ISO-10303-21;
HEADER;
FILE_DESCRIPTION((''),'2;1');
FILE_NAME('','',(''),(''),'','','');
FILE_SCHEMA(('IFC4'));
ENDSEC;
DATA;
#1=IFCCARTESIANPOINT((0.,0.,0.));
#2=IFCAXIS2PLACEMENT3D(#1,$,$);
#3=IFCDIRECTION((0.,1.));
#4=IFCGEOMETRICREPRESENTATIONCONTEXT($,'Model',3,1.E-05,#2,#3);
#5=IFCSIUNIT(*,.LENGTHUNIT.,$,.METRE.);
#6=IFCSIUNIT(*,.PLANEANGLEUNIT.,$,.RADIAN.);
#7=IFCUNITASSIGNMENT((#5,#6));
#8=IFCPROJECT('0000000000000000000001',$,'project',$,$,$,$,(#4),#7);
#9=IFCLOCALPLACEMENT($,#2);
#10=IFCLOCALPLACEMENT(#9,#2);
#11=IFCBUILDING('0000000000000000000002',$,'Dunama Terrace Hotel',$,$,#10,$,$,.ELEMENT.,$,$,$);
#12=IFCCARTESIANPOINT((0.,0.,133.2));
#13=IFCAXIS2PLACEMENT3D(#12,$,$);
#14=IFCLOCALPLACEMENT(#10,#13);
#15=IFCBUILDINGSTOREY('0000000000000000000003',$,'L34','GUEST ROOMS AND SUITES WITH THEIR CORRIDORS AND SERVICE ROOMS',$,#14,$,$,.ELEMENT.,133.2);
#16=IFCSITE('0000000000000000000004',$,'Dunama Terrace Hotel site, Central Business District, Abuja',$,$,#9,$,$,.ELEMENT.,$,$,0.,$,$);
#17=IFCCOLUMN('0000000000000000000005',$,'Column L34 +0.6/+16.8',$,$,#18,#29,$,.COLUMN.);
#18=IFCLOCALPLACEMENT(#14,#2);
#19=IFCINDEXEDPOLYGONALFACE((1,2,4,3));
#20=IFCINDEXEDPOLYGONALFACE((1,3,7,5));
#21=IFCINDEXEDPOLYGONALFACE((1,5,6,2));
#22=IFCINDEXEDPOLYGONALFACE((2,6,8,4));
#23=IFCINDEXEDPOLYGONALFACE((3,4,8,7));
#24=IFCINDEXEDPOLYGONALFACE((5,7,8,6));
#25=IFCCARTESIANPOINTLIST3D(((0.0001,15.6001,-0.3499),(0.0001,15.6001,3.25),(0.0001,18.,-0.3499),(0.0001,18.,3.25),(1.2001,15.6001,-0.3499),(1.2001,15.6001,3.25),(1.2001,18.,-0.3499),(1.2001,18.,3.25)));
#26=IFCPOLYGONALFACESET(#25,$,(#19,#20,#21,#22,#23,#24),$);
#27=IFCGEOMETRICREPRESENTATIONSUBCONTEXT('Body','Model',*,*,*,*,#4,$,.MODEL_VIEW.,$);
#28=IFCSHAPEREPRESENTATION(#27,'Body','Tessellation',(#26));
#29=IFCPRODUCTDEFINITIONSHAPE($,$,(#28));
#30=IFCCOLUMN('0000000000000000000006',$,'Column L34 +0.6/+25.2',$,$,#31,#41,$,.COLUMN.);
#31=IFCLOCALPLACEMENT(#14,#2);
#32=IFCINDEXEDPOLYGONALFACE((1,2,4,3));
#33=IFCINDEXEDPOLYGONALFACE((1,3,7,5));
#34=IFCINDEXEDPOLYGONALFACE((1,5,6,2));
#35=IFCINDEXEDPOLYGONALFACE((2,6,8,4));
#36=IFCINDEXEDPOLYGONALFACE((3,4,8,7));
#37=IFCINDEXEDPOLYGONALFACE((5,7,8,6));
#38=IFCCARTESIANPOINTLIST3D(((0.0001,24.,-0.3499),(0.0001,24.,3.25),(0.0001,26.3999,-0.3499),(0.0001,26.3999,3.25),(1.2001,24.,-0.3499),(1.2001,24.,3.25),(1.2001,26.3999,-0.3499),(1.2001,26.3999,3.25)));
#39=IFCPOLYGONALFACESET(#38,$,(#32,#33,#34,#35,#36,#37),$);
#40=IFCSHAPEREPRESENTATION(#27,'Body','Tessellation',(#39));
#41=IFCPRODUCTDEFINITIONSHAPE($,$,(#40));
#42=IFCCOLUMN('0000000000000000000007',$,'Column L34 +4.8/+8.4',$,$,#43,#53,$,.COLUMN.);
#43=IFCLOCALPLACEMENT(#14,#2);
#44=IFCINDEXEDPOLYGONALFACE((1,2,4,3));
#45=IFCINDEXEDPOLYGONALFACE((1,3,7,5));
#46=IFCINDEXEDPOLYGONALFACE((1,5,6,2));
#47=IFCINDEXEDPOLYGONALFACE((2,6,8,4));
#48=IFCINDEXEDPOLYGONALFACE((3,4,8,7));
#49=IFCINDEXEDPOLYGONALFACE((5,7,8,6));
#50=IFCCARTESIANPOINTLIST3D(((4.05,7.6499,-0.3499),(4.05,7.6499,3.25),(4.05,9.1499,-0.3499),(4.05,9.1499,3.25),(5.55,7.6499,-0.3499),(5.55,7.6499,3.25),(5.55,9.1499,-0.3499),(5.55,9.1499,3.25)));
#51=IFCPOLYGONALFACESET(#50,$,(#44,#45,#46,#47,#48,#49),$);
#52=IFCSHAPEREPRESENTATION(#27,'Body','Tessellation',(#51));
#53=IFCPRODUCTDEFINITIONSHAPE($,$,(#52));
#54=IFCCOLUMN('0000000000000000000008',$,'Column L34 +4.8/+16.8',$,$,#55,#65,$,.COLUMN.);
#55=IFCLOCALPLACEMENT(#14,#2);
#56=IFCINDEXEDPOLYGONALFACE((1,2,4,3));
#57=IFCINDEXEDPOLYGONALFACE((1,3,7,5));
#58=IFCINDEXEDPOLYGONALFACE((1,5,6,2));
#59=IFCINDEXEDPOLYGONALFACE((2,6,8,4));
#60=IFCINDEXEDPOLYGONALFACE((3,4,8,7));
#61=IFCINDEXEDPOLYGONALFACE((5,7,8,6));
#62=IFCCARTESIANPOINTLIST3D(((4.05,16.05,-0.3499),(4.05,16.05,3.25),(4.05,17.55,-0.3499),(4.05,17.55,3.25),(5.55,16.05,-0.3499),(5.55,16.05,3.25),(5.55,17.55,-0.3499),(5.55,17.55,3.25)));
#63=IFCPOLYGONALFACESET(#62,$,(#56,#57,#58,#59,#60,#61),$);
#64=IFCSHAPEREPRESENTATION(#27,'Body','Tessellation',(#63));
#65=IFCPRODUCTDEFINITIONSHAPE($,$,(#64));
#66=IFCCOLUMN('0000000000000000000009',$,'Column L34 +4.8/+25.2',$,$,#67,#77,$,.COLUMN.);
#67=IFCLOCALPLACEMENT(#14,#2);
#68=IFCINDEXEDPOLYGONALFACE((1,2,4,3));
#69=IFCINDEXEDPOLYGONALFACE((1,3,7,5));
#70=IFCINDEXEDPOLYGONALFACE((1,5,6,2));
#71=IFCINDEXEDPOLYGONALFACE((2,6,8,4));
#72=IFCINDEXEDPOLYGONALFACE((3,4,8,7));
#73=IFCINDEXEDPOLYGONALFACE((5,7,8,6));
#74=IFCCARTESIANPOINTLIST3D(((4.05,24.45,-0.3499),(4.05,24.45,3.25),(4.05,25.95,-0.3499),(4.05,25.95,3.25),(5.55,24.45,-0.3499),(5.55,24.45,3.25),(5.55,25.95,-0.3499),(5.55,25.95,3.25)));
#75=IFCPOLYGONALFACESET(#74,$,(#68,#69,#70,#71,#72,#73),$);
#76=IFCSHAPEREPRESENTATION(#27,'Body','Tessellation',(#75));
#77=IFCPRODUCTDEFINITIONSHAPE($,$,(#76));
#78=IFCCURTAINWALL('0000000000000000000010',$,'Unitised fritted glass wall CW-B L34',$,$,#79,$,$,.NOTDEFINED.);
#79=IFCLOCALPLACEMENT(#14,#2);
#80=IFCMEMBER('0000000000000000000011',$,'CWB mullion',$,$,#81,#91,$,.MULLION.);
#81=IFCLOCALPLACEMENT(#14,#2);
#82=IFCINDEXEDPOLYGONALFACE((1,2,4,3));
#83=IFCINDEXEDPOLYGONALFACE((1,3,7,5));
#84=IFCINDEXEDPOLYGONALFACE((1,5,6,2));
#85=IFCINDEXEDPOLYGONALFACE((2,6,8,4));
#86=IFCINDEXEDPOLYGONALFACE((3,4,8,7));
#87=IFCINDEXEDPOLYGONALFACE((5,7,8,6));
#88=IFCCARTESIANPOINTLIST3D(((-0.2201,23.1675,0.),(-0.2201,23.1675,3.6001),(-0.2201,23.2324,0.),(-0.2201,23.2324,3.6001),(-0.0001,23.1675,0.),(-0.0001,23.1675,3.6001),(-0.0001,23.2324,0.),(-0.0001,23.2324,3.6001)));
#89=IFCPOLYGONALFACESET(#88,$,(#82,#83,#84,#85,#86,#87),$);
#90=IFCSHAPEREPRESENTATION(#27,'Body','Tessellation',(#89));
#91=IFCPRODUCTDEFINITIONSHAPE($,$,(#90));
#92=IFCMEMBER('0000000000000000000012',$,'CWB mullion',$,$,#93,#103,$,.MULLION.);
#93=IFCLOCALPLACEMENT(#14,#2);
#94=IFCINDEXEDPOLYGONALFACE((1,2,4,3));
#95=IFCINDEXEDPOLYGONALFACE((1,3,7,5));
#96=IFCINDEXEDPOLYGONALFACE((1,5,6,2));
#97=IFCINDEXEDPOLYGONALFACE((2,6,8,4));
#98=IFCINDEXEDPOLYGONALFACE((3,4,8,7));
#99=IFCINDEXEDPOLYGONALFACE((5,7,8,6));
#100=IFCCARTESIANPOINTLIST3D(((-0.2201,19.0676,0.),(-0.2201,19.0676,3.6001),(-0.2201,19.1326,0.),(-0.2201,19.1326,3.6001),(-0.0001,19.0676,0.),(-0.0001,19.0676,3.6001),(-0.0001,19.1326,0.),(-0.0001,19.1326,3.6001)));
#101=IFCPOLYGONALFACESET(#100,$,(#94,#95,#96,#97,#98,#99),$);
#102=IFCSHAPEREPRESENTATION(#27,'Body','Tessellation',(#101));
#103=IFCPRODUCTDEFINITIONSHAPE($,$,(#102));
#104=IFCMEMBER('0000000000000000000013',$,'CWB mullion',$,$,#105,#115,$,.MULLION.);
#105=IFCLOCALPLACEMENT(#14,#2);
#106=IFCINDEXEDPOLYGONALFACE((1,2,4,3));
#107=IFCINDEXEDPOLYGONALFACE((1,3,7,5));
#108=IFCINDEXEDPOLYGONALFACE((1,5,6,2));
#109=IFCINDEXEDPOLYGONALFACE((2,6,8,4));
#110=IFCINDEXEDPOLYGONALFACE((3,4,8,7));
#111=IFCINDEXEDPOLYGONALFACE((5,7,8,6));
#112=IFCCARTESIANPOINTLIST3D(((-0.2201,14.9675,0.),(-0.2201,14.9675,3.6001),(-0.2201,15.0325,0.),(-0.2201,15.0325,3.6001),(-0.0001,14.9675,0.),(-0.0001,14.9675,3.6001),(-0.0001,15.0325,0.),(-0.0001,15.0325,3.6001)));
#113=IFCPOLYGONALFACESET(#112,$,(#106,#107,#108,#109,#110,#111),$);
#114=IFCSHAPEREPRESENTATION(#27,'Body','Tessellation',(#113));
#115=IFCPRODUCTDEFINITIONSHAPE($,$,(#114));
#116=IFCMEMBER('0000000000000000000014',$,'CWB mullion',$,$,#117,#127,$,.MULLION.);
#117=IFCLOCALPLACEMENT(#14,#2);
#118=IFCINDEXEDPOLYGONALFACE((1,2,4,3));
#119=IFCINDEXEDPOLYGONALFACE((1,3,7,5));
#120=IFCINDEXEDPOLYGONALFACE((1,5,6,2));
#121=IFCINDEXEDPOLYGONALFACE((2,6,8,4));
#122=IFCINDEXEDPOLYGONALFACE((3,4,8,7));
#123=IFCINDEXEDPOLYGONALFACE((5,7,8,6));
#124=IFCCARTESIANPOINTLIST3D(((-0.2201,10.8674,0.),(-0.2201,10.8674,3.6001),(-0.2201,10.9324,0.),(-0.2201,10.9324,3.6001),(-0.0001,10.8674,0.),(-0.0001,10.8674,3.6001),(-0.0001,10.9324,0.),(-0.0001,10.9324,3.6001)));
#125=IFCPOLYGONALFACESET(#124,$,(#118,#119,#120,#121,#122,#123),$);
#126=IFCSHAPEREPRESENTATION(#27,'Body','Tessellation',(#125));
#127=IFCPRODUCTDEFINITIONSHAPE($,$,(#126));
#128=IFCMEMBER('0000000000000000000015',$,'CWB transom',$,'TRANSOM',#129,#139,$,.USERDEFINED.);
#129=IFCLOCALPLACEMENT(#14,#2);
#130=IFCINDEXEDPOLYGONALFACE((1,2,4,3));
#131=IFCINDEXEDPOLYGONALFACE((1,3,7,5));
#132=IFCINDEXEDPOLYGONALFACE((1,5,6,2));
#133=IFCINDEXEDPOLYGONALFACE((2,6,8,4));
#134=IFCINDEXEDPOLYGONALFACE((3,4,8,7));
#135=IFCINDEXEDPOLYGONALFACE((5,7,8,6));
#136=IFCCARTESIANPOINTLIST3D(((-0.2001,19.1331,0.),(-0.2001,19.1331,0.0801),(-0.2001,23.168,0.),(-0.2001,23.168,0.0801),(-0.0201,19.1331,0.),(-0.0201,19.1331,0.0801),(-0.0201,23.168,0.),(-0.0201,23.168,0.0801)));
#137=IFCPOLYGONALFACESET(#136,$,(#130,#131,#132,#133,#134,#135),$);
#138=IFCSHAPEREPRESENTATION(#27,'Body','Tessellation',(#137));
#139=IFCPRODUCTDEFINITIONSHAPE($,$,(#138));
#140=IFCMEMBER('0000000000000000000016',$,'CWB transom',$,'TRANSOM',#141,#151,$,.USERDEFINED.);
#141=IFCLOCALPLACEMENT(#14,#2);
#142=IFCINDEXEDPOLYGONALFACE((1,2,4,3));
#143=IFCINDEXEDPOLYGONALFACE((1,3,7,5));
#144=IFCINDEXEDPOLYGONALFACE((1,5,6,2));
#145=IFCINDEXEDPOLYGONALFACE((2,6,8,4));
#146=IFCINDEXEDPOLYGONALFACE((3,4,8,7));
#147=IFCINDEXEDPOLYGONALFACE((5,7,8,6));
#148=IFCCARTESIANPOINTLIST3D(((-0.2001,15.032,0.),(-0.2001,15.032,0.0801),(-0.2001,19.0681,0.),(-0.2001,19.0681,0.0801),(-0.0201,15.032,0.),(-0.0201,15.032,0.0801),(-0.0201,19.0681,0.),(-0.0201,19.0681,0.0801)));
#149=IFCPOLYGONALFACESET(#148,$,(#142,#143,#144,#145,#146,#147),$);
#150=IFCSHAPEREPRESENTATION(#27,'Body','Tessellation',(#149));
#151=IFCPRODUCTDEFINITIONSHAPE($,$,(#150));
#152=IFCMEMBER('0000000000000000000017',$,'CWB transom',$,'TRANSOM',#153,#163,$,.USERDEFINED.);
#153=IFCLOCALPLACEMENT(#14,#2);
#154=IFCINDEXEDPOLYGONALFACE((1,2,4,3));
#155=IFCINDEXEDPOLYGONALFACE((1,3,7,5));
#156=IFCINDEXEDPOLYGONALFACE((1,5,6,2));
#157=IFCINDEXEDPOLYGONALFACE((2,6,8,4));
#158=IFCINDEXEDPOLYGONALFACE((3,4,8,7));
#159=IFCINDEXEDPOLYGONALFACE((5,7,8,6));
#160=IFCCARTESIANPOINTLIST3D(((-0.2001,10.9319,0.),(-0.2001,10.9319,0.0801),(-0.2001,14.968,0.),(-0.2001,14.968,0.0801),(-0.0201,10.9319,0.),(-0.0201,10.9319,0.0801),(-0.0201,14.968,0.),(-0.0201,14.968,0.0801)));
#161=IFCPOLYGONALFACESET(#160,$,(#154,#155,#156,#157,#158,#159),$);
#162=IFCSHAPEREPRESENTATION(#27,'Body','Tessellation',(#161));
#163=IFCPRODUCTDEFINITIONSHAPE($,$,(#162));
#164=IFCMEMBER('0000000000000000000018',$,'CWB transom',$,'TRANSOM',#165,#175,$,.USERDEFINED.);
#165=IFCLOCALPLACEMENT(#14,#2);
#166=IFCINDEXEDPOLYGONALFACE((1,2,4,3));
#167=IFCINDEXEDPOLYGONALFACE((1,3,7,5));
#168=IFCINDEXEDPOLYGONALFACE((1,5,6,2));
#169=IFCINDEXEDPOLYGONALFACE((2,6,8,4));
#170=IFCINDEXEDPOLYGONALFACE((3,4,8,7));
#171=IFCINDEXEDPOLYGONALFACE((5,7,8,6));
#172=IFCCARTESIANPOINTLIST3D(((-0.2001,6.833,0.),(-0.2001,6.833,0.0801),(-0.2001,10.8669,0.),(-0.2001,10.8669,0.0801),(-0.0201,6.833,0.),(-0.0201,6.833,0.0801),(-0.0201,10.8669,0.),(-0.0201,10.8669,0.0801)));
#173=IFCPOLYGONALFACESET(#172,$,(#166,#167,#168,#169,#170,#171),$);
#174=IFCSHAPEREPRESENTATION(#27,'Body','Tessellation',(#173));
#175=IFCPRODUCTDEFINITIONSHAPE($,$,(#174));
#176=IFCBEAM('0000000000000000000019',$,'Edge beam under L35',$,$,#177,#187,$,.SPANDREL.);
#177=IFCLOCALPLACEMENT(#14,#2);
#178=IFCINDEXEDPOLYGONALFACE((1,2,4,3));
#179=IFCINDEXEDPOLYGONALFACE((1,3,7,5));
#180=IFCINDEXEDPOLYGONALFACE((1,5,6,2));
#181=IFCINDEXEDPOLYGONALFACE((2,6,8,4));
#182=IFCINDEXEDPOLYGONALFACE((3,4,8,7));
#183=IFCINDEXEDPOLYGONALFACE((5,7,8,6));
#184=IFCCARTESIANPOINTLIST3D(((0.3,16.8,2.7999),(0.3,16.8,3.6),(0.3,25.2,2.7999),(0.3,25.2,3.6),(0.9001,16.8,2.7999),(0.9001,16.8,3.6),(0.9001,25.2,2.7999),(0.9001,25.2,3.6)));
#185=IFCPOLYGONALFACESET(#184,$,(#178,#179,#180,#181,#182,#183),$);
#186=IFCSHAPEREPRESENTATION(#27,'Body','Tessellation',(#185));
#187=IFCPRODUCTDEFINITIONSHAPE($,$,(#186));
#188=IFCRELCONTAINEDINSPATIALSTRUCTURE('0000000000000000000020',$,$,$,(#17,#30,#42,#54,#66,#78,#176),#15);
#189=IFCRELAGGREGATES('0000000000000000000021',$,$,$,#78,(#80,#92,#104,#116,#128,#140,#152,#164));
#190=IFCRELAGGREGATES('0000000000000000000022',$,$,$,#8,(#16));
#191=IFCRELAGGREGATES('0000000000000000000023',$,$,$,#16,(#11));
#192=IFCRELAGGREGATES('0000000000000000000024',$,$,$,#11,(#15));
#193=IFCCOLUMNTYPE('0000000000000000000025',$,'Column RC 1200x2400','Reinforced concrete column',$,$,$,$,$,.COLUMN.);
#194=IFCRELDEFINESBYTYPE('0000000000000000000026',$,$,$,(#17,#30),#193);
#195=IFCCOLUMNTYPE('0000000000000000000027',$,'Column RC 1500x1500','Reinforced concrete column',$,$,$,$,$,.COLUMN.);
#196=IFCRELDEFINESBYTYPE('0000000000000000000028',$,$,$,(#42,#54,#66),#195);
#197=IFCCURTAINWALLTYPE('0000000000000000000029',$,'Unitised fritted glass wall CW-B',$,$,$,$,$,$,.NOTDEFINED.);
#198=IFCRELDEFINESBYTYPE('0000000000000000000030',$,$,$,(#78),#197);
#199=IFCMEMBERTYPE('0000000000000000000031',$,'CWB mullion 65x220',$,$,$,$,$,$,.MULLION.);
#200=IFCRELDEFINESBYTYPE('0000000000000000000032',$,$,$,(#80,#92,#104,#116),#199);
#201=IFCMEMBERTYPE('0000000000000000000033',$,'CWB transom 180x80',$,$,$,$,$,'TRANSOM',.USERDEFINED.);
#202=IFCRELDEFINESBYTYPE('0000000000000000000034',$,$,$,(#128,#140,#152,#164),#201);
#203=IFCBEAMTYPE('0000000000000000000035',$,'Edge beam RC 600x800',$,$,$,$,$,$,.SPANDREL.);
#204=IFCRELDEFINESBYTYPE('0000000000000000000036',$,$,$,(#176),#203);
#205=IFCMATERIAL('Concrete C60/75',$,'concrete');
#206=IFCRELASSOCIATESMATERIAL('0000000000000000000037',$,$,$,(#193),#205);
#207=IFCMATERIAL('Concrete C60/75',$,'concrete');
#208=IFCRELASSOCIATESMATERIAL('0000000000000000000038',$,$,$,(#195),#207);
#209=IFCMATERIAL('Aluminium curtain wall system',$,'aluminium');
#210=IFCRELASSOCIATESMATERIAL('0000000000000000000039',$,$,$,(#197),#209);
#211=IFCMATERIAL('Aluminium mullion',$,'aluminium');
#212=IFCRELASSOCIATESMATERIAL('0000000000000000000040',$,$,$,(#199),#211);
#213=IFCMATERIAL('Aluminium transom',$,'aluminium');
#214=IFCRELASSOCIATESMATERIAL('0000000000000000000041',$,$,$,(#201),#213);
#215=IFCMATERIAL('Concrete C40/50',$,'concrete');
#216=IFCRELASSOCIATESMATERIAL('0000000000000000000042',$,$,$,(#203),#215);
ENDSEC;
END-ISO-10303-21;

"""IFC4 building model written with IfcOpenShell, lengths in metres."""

from ifc_helpers import new_model, si_unit, direction, frame, origin, origin_2d, place, context, subcontext, project, spatial, rectangle, extrude, material, material_profile, profile_set, type_object, element, aggregate, save


model = new_model("IFC4")

# Units and contexts
model_context = context("Model", 3, precision=1e-05, world=origin(), true_north=direction((0.0, 1.0)))
body_context = subcontext(model_context, "Body", "Model", "MODEL_VIEW")
ifc_project = project(units=[si_unit("LENGTHUNIT", "METRE"), si_unit("PLANEANGLEUNIT", "RADIAN")], contexts=[model_context])

# Site, building, storey
site_placement = place(None, origin())
site = spatial("IfcSite", under=ifc_project, at=site_placement, Name="Dunama Terrace Hotel site, Central Business District, Abuja", CompositionType="ELEMENT", RefElevation=0.0)
building_placement = place(site_placement, origin())
building = spatial("IfcBuilding", under=site, at=building_placement, Name="Dunama Terrace Hotel", CompositionType="ELEMENT")
storey_placement = place(building_placement, frame((0.0, 0.0, 133.2)))
storey = spatial("IfcBuildingStorey", under=building, at=storey_placement, Name="L34", Description="GUEST ROOMS AND SUITES WITH THEIR CORRIDORS AND SERVICE ROOMS", CompositionType="ELEMENT", Elevation=133.2)

# Columns
ifc_material_1 = material(Name="Concrete C60/75", Category="concrete")
ifc_material_profile_1 = material_profile(ifc_material_1, rectangle(XDim=1.2, YDim=2.3999, at=origin_2d()), Name="RC 1200x2400")
ifc_profile_set_1 = profile_set([ifc_material_profile_1], Name="Concrete C60/75")
column_type_1 = type_object("IfcColumnType", Name="Column RC 1200x2400", Description="Reinforced concrete column", PredefinedType="COLUMN", material=ifc_profile_set_1)
for number, where, z_axis, x_axis, name in (
    (1, (0.6001, 16.8, -0.3499), (0.0, 0.0, 1.0), (1.0, 0.0, 0.0), "Column L34 +0.6/+16.8"),
    (2, (0.6001, 25.2, -0.3499), (0.0, 0.0, 1.0), (1.0, 0.0, 0.0), "Column L34 +0.6/+25.2"),
):
    element("IfcColumn", number, at=place(storey_placement, frame(where, z_axis=z_axis, x_axis=x_axis)), inside=storey, type_object=column_type_1, Name=name, PredefinedType="COLUMN", context=body_context, shape_type="SweptSolid", body=[
        extrude(rectangle(XDim=1.2, YDim=2.3999, at=origin_2d()), origin(), (0.0, 0.0, 1.0), 3.5999),
    ])
ifc_material_2 = material(Name="Concrete C60/75", Category="concrete")
ifc_material_profile_2 = material_profile(ifc_material_2, rectangle(XDim=1.5, YDim=1.5, at=origin_2d()), Name="RC 1500x1500")
ifc_profile_set_2 = profile_set([ifc_material_profile_2], Name="Concrete C60/75")
column_type_2 = type_object("IfcColumnType", Name="Column RC 1500x1500", Description="Reinforced concrete column", PredefinedType="COLUMN", material=ifc_profile_set_2)
for number, where, z_axis, x_axis, name in (
    (3, (4.8, 8.3999, -0.3499), (0.0, 0.0, 1.0), (1.0, 0.0, 0.0), "Column L34 +4.8/+8.4"),
    (4, (4.8, 16.8, -0.3499), (0.0, 0.0, 1.0), (1.0, 0.0, 0.0), "Column L34 +4.8/+16.8"),
    (5, (4.8, 25.2, -0.3499), (0.0, 0.0, 1.0), (1.0, 0.0, 0.0), "Column L34 +4.8/+25.2"),
):
    element("IfcColumn", number, at=place(storey_placement, frame(where, z_axis=z_axis, x_axis=x_axis)), inside=storey, type_object=column_type_2, Name=name, PredefinedType="COLUMN", context=body_context, shape_type="SweptSolid", body=[
        extrude(rectangle(XDim=1.5, YDim=1.5, at=origin_2d()), origin(), (0.0, 0.0, 1.0), 3.5999),
    ])

# Curtain wall, members
ifc_material_3 = material(Name="Aluminium curtain wall system", Category="aluminium")
curtain_wall_type = type_object("IfcCurtainWallType", Name="Unitised fritted glass wall CW-B", PredefinedType="NOTDEFINED", material=ifc_material_3)
curtain_wall_placement = place(storey_placement, origin())
curtain_wall = element("IfcCurtainWall", 6, at=curtain_wall_placement, inside=storey, type_object=curtain_wall_type, Name="Unitised fritted glass wall CW-B L34", PredefinedType="NOTDEFINED")
ifc_material_4 = material(Name="Aluminium mullion", Category="aluminium")
ifc_material_profile_3 = material_profile(ifc_material_4, rectangle(XDim=0.0649, YDim=0.22, at=origin_2d()), Name="CWB MULLION 65X220")
ifc_profile_set_3 = profile_set([ifc_material_profile_3], Name="Aluminium mullion")
member_type_1 = type_object("IfcMemberType", Name="CWB mullion 65x220", PredefinedType="MULLION", material=ifc_profile_set_3)
member_1_placement = place(storey_placement, frame((-0.1101, 23.2, 0.0), z_axis=(0.0, 0.0, 1.0), x_axis=(0.0, -1.0, 0.0)))
member_1 = element("IfcMember", 7, at=member_1_placement, type_object=member_type_1, Name="CWB mullion", PredefinedType="MULLION", context=body_context, shape_type="SweptSolid", body=[
    extrude(rectangle(XDim=0.0649, YDim=0.22, at=origin_2d()), origin(), (0.0, 0.0, 1.0), 3.6001),
])
member_2_placement = place(storey_placement, frame((-0.1101, 19.1001, 0.0), z_axis=(0.0, 0.0, 1.0), x_axis=(0.0, -1.0, 0.0)))
member_2 = element("IfcMember", 8, at=member_2_placement, type_object=member_type_1, Name="CWB mullion", PredefinedType="MULLION", context=body_context, shape_type="SweptSolid", body=[
    extrude(rectangle(XDim=0.0649, YDim=0.22, at=origin_2d()), origin(), (0.0, 0.0, 1.0), 3.6001),
])
member_3_placement = place(storey_placement, frame((-0.1101, 15.0, 0.0), z_axis=(0.0, 0.0, 1.0), x_axis=(0.0, -1.0, 0.0)))
member_3 = element("IfcMember", 9, at=member_3_placement, type_object=member_type_1, Name="CWB mullion", PredefinedType="MULLION", context=body_context, shape_type="SweptSolid", body=[
    extrude(rectangle(XDim=0.0649, YDim=0.22, at=origin_2d()), origin(), (0.0, 0.0, 1.0), 3.6001),
])
member_4_placement = place(storey_placement, frame((-0.1101, 10.8999, 0.0), z_axis=(0.0, 0.0, 1.0), x_axis=(0.0, -1.0, 0.0)))
member_4 = element("IfcMember", 10, at=member_4_placement, type_object=member_type_1, Name="CWB mullion", PredefinedType="MULLION", context=body_context, shape_type="SweptSolid", body=[
    extrude(rectangle(XDim=0.0649, YDim=0.22, at=origin_2d()), origin(), (0.0, 0.0, 1.0), 3.6001),
])
ifc_material_5 = material(Name="Aluminium transom", Category="aluminium")
ifc_material_profile_4 = material_profile(ifc_material_5, rectangle(XDim=0.1799, YDim=0.0801, at=origin_2d()), Name="CWB TRANSOM 180X80")
ifc_profile_set_4 = profile_set([ifc_material_profile_4], Name="Aluminium transom")
member_type_2 = type_object("IfcMemberType", Name="CWB transom 180x80", ElementType="TRANSOM", PredefinedType="USERDEFINED", material=ifc_profile_set_4)
member_5_placement = place(storey_placement, frame((-0.1101, 23.168, 0.04), z_axis=(0.0, -1.0, 0.0), x_axis=(1.0, 0.0, 0.0)))
member_5 = element("IfcMember", 11, at=member_5_placement, type_object=member_type_2, Name="CWB transom", ObjectType="TRANSOM", PredefinedType="USERDEFINED", context=body_context, shape_type="SweptSolid", body=[
    extrude(rectangle(XDim=0.1799, YDim=0.0801, at=origin_2d()), origin(), (0.0, 0.0, 1.0), 4.0349),
])
member_6_placement = place(storey_placement, frame((-0.1101, 19.0681, 0.04), z_axis=(0.0, -1.0, 0.0), x_axis=(1.0, 0.0, 0.0)))
member_6 = element("IfcMember", 12, at=member_6_placement, type_object=member_type_2, Name="CWB transom", ObjectType="TRANSOM", PredefinedType="USERDEFINED", context=body_context, shape_type="SweptSolid", body=[
    extrude(rectangle(XDim=0.1799, YDim=0.0801, at=origin_2d()), origin(), (0.0, 0.0, 1.0), 4.0361),
])
member_7_placement = place(storey_placement, frame((-0.1101, 14.968, 0.04), z_axis=(0.0, -1.0, 0.0), x_axis=(1.0, 0.0, 0.0)))
member_7 = element("IfcMember", 13, at=member_7_placement, type_object=member_type_2, Name="CWB transom", ObjectType="TRANSOM", PredefinedType="USERDEFINED", context=body_context, shape_type="SweptSolid", body=[
    extrude(rectangle(XDim=0.1799, YDim=0.0801, at=origin_2d()), origin(), (0.0, 0.0, 1.0), 4.0361),
])
member_8_placement = place(storey_placement, frame((-0.1101, 10.8669, 0.04), z_axis=(0.0, -1.0, 0.0), x_axis=(1.0, 0.0, 0.0)))
member_8 = element("IfcMember", 14, at=member_8_placement, type_object=member_type_2, Name="CWB transom", ObjectType="TRANSOM", PredefinedType="USERDEFINED", context=body_context, shape_type="SweptSolid", body=[
    extrude(rectangle(XDim=0.1799, YDim=0.0801, at=origin_2d()), origin(), (0.0, 0.0, 1.0), 4.0339),
])

# Beam
ifc_material_6 = material(Name="Concrete C40/50", Category="concrete")
ifc_material_profile_5 = material_profile(ifc_material_6, rectangle(XDim=0.6001, YDim=0.8, at=origin_2d()), Name="RC 600x800")
ifc_profile_set_5 = profile_set([ifc_material_profile_5], Name="Concrete C40/50")
beam_type = type_object("IfcBeamType", Name="Edge beam RC 600x800", PredefinedType="SPANDREL", material=ifc_profile_set_5)
beam_1_placement = place(storey_placement, frame((0.6001, 16.8, 3.2), z_axis=(0.0, 1.0, 0.0), x_axis=(-1.0, 0.0, 0.0)))
element("IfcBeam", 15, at=beam_1_placement, inside=storey, type_object=beam_type, Name="Edge beam under L35", PredefinedType="SPANDREL", context=body_context, shape_type="SweptSolid", body=[
    extrude(rectangle(XDim=0.6001, YDim=0.8, at=origin_2d()), origin(), (0.0, 0.0, 1.0), 8.3999),
])

aggregate(curtain_wall, [member_1, member_2, member_3, member_4, member_5, member_6, member_7, member_8])

save(model, "model.ifc")
